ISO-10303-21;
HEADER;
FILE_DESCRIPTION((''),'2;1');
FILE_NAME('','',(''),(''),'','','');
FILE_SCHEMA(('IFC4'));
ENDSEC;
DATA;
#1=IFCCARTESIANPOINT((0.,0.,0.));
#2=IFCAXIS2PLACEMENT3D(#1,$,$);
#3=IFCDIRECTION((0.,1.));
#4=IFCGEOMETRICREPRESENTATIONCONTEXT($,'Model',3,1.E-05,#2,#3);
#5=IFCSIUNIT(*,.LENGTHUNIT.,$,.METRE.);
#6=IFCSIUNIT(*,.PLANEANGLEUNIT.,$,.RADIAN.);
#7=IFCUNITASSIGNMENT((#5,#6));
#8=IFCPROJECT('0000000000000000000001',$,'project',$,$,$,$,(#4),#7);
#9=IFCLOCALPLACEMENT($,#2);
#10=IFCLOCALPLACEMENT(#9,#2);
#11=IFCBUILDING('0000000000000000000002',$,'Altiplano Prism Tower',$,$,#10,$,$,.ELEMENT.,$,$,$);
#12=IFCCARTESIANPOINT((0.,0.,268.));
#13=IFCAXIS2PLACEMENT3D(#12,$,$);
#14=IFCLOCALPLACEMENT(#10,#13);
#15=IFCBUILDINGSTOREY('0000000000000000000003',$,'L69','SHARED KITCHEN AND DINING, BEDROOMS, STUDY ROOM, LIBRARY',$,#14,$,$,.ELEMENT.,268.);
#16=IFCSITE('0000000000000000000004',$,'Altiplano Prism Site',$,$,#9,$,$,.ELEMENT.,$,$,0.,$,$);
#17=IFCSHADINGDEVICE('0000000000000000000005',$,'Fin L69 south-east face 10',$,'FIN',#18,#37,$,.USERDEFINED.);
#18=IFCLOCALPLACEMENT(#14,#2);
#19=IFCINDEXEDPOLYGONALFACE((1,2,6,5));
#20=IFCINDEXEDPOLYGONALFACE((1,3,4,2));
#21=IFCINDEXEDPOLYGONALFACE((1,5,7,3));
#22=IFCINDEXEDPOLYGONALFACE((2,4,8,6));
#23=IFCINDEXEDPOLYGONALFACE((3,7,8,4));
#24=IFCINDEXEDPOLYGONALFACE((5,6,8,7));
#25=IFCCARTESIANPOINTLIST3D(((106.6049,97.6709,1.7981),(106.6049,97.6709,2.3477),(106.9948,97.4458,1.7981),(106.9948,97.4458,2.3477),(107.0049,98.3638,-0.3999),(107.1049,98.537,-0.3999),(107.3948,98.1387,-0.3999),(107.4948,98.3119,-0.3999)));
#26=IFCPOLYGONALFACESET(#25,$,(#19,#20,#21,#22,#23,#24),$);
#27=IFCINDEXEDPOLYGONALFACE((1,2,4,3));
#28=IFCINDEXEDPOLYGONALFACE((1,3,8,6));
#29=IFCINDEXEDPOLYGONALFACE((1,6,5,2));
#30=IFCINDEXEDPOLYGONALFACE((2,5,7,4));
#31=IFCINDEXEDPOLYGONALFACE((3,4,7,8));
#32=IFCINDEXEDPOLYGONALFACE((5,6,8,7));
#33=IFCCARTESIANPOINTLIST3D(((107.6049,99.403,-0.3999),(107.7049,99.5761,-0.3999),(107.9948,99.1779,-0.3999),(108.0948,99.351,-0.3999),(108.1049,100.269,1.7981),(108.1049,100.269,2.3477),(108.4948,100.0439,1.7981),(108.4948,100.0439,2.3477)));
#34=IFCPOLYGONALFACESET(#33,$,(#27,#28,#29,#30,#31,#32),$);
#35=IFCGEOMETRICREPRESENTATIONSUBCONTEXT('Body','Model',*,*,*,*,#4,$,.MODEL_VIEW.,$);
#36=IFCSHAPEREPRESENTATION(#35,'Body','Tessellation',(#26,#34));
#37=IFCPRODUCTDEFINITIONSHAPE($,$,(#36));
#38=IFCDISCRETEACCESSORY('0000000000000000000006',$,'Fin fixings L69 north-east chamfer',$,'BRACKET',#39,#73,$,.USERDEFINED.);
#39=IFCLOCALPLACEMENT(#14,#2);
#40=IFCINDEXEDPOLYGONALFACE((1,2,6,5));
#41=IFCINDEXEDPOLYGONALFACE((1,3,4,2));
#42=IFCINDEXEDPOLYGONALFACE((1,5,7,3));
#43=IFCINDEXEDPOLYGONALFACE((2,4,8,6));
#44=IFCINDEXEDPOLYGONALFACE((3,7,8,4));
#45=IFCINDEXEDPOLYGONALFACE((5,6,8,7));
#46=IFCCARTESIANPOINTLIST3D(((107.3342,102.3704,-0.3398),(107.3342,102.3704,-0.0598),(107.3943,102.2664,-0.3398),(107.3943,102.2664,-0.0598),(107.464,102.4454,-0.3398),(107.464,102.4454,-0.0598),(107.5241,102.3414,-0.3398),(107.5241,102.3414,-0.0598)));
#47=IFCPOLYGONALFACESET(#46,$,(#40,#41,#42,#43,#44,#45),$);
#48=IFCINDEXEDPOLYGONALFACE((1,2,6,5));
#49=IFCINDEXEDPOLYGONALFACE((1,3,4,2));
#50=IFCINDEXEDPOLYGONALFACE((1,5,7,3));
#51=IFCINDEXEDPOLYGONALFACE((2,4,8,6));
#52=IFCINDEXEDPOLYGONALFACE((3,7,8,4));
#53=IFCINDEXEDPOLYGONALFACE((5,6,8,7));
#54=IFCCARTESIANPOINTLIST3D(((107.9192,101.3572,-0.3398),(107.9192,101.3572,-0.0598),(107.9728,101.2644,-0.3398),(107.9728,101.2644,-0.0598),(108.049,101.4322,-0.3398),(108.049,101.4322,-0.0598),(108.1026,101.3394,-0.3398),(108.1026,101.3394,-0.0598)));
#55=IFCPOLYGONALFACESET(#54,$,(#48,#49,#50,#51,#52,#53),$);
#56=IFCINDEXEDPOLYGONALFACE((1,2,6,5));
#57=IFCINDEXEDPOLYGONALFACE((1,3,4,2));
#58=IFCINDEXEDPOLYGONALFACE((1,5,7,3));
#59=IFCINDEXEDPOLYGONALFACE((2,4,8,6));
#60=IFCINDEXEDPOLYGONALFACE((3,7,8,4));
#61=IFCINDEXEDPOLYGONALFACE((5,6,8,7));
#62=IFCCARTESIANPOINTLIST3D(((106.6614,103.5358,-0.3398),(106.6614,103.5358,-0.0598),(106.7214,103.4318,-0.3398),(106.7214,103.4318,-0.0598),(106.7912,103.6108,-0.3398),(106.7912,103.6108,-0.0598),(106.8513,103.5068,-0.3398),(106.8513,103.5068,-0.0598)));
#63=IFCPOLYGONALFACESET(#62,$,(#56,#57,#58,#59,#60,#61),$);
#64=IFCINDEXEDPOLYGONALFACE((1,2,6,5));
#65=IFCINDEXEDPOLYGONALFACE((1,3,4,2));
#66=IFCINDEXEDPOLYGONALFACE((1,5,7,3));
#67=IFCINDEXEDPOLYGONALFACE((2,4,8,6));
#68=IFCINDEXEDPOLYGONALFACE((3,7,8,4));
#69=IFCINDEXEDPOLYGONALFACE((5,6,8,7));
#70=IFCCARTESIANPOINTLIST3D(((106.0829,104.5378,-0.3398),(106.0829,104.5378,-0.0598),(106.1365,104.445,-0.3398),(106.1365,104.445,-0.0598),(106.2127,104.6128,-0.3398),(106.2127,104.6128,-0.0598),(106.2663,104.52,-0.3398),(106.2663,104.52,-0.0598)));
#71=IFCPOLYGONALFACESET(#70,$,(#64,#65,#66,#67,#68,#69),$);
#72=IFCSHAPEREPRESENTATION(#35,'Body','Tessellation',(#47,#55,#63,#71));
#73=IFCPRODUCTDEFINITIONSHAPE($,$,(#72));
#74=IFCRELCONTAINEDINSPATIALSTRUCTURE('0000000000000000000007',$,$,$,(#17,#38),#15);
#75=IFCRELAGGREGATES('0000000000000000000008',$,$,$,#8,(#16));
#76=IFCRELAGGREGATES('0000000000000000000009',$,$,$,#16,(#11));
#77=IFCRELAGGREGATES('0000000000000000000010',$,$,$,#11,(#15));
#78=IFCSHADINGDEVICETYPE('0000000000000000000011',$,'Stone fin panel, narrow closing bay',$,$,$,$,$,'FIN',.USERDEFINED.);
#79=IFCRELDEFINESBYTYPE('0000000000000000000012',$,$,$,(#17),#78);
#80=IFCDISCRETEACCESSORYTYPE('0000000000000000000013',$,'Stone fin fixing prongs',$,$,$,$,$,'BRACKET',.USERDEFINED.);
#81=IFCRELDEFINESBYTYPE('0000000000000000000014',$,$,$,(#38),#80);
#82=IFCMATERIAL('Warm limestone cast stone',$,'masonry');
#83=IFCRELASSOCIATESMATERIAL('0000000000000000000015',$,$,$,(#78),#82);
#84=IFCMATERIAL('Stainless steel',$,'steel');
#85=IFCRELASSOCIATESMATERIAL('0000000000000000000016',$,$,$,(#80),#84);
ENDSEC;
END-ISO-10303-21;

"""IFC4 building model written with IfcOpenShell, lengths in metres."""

from ifc_helpers import new_model, si_unit, direction, frame, origin, place, context, subcontext, project, spatial, polyline, outline, extrude, source, transform, mapped, material, type_object, element, save


model = new_model("IFC4")

# Units and contexts
model_context = context("Model", 3, precision=1e-05, world=origin(), true_north=direction((0.0, 1.0)))
body_context = subcontext(model_context, "Body", "Model", "MODEL_VIEW")
ifc_project = project(units=[si_unit("LENGTHUNIT", "METRE"), si_unit("PLANEANGLEUNIT", "RADIAN")], contexts=[model_context])

# Site, building, storey
site_placement = place(None, origin())
site = spatial("IfcSite", under=ifc_project, at=site_placement, Name="Altiplano Prism Site", CompositionType="ELEMENT", RefElevation=0.0)
building_placement = place(site_placement, origin())
building = spatial("IfcBuilding", under=site, at=building_placement, Name="Altiplano Prism Tower", CompositionType="ELEMENT")
storey_placement = place(building_placement, frame((0.0, 0.0, 268.0)))
storey = spatial("IfcBuildingStorey", under=building, at=storey_placement, Name="L69", Description="SHARED KITCHEN AND DINING, BEDROOMS, STUDY ROOM, LIBRARY", CompositionType="ELEMENT", Elevation=268.0)

# Shading device
ifc_material_1 = material(Name="Warm limestone cast stone", Category="masonry")
shading_device_type_1 = type_object("IfcShadingDeviceType", Name="Stone fin panel, narrow closing bay", ElementType="FIN", PredefinedType="USERDEFINED", material=ifc_material_1)
shared_shape_1 = source(origin(), body_context, "Body", "SweptSolid", [
    extrude(outline(polyline([(-1.5, 2.7476), (-1.5, 2.198), (-0.7, 0.0), (-0.5, 0.0), (-1.5, 2.7476)])), frame((0.0, -0.1499, 0.0), z_axis=(0.0, -1.0, 0.0), x_axis=(1.0, 0.0, 0.0)), (0.0, 0.0, 1.0), 0.4502),
    extrude(outline(polyline([(1.5, 2.198), (1.5, 2.7476), (0.5, 0.0), (0.7, 0.0), (1.5, 2.198)])), frame((0.0, -0.1499, 0.0), z_axis=(0.0, -1.0, 0.0), x_axis=(1.0, 0.0, 0.0)), (0.0, 0.0, 1.0), 0.4502),
])
shading_device_1_placement = place(storey_placement, origin())
element("IfcShadingDevice", 1, at=shading_device_1_placement, inside=storey, type_object=shading_device_type_1, Name="Fin L69 south-east face 10", ObjectType="FIN", PredefinedType="USERDEFINED", context=body_context, shape_type="MappedRepresentation", body=[
    mapped(shared_shape_1, transform((107.2251, 99.0449, -0.3999), x_axis=(0.5, 0.866025, 0.0), y_axis=(-0.866025, 0.5, 0.0), z_axis=(0.0, 0.0, 1.0))),
])

# Discrete accessory
ifc_material_2 = material(Name="Stainless steel", Category="steel")
discrete_accessory_type = type_object("IfcDiscreteAccessoryType", Name="Stone fin fixing prongs", ElementType="BRACKET", PredefinedType="USERDEFINED", material=ifc_material_2)
shared_shape_2 = source(origin(), body_context, "Body", "SweptSolid", [
    extrude(outline(polyline([(-0.7329, 0.0601), (-0.6128, 0.0601), (-0.6128, 0.3401), (-0.7329, 0.3401), (-0.7329, 0.0601)])), frame((0.0, 0.0, 0.0), z_axis=(0.0, -1.0, 0.0), x_axis=(1.0, 0.0, 0.0)), (0.0, 0.0, 1.0), 0.1499),
    extrude(outline(polyline([(-1.8899, 0.0601), (-1.7827, 0.0601), (-1.7827, 0.3401), (-1.8899, 0.3401), (-1.8899, 0.0601)])), frame((0.0, 0.0, 0.0), z_axis=(0.0, -1.0, 0.0), x_axis=(1.0, 0.0, 0.0)), (0.0, 0.0, 1.0), 0.1499),
    extrude(outline(polyline([(0.6128, 0.0601), (0.7329, 0.0601), (0.7329, 0.3401), (0.6128, 0.3401), (0.6128, 0.0601)])), frame((0.0, 0.0, 0.0), z_axis=(0.0, -1.0, 0.0), x_axis=(1.0, 0.0, 0.0)), (0.0, 0.0, 1.0), 0.1499),
    extrude(outline(polyline([(1.7827, 0.0601), (1.8899, 0.0601), (1.8899, 0.3401), (1.7827, 0.3401), (1.7827, 0.0601)])), frame((0.0, 0.0, 0.0), z_axis=(0.0, -1.0, 0.0), x_axis=(1.0, 0.0, 0.0)), (0.0, 0.0, 1.0), 0.1499),
])
discrete_accessory_1_placement = place(storey_placement, origin())
element("IfcDiscreteAccessory", 2, at=discrete_accessory_1_placement, inside=storey, type_object=discrete_accessory_type, Name="Fin fixings L69 north-east chamfer", ObjectType="BRACKET", PredefinedType="USERDEFINED", context=body_context, shape_type="MappedRepresentation", body=[
    mapped(shared_shape_2, transform((107.0278, 102.9011, -0.3999), x_axis=(-0.5, 0.866025, 0.0), y_axis=(-0.866025, -0.5, 0.0), z_axis=(0.0, 0.0, 1.0))),
])

save(model, "model.ifc")
